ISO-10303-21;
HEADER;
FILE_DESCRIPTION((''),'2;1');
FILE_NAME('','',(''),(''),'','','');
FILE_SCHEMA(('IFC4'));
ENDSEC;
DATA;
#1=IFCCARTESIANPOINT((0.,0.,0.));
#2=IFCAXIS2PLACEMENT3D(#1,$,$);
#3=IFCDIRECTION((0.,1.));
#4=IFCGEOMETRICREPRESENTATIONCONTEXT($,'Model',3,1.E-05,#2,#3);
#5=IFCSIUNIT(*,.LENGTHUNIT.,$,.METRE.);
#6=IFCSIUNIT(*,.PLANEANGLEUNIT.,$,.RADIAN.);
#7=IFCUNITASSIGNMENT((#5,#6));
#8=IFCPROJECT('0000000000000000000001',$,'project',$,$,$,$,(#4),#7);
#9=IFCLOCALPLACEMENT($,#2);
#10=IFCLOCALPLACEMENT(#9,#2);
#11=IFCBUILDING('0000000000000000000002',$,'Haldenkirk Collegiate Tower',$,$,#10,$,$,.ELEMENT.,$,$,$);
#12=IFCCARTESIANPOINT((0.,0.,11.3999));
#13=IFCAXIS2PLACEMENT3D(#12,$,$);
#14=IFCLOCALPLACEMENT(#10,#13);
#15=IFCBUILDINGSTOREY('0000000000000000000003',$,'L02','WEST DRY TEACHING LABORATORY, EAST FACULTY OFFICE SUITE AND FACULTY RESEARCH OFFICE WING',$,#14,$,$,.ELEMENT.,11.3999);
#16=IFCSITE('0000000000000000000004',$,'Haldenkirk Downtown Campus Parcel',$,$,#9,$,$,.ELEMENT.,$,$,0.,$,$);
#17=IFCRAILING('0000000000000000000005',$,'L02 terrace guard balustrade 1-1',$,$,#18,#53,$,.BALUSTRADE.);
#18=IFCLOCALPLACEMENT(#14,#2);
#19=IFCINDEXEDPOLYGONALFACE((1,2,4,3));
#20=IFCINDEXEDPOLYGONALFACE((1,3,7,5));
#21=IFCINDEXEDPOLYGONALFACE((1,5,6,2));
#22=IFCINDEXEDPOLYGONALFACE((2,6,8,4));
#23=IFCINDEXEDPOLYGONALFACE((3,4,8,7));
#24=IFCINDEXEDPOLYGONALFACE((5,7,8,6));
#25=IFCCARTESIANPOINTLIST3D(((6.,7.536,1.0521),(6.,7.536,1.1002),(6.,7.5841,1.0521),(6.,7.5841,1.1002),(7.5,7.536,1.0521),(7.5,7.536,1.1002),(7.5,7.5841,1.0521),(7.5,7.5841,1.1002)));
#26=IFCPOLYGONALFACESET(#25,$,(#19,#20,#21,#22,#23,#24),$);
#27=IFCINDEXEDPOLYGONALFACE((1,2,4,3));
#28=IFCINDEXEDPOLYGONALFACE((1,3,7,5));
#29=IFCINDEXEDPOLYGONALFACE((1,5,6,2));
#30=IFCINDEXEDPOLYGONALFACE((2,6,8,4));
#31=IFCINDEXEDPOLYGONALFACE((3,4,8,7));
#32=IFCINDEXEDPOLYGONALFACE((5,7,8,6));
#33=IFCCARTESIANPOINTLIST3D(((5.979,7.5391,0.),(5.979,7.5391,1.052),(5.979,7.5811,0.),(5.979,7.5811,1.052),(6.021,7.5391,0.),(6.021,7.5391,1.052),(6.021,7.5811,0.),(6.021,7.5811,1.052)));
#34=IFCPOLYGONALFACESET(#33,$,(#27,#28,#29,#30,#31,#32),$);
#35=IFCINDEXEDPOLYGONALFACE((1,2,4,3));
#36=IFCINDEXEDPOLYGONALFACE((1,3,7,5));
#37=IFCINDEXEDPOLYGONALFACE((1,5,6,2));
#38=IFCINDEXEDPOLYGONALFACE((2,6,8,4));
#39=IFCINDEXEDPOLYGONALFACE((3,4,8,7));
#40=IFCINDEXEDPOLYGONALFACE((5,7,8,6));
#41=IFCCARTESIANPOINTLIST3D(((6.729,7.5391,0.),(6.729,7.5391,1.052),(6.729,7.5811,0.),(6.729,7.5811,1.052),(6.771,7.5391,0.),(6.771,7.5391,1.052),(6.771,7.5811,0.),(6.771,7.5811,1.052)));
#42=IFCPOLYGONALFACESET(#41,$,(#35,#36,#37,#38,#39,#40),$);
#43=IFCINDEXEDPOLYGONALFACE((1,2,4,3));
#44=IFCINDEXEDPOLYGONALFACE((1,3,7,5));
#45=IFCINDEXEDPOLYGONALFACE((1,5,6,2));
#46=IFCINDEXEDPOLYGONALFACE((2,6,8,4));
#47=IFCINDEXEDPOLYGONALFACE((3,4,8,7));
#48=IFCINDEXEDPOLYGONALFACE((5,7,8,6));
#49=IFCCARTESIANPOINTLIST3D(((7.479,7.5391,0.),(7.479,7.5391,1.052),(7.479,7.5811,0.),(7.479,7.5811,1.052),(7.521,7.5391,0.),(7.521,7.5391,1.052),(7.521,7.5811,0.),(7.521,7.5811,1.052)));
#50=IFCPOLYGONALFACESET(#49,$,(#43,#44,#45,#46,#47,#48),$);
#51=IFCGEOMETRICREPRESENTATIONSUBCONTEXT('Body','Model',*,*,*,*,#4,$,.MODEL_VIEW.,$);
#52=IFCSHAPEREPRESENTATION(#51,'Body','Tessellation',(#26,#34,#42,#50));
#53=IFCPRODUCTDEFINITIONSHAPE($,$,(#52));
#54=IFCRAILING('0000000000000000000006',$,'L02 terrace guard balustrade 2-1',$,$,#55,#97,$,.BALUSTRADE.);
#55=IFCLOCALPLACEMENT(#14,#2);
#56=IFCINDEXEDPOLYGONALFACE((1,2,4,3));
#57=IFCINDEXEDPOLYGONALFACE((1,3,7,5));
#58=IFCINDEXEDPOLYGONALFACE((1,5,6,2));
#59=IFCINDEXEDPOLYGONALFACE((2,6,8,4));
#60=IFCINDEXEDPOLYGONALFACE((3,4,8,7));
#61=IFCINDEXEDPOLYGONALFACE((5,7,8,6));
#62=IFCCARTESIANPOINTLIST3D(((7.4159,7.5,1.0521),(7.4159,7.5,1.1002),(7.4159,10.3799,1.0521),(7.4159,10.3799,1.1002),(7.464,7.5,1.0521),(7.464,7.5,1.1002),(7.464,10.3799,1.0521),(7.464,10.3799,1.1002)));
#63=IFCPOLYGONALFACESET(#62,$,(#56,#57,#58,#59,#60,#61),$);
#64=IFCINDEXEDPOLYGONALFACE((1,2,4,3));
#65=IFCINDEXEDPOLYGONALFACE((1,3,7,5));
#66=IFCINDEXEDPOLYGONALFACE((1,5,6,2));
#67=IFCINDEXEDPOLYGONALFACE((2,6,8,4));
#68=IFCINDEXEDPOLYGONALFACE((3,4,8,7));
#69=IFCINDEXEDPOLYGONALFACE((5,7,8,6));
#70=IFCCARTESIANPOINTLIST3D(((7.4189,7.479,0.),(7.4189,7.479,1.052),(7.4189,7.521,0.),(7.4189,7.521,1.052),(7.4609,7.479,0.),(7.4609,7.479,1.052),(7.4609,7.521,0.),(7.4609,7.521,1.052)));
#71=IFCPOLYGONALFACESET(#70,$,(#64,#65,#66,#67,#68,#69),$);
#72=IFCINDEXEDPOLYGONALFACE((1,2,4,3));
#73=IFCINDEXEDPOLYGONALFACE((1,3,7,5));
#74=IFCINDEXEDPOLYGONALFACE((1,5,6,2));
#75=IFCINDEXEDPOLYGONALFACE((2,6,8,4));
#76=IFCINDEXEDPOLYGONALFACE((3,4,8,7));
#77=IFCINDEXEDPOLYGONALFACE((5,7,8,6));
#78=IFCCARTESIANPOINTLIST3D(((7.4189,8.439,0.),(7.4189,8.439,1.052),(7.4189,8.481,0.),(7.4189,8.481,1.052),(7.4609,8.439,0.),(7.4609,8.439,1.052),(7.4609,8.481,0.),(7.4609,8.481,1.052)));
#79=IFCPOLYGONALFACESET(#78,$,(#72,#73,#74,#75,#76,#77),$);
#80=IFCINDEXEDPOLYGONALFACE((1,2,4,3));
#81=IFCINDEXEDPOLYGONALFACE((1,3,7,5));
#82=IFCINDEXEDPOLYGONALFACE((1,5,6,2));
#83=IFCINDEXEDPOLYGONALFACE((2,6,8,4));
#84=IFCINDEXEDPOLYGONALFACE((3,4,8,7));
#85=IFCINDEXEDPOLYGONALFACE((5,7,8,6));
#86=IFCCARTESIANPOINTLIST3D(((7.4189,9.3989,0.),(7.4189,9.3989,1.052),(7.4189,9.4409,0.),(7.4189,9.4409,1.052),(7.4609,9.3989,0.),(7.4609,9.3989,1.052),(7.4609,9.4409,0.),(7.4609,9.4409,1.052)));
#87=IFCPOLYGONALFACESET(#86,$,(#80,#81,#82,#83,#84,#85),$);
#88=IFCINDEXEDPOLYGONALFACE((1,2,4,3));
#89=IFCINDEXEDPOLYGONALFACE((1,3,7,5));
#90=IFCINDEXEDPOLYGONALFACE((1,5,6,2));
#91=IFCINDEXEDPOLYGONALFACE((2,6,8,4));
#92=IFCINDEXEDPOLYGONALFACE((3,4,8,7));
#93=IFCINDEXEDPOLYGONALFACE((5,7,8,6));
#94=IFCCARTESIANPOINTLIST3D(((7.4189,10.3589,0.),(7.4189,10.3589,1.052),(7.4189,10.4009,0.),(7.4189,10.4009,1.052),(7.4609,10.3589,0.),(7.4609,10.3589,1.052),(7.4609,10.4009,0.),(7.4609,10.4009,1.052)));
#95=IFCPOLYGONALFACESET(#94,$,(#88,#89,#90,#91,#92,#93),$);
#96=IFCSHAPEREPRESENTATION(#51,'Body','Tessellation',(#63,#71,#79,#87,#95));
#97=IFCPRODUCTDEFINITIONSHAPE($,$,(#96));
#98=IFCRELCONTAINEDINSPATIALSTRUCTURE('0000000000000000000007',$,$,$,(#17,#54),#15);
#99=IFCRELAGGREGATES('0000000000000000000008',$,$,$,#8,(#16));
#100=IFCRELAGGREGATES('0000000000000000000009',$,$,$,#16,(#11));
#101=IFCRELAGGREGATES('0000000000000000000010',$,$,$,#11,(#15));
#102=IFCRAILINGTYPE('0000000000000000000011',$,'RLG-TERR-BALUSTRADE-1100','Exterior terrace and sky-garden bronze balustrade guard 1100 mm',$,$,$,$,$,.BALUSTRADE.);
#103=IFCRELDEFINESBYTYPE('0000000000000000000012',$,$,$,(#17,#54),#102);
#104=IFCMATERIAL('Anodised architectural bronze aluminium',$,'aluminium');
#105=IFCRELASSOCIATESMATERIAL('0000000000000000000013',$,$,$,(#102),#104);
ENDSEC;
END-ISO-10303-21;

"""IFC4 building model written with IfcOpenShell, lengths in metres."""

from ifc_helpers import new_model, si_unit, direction, frame, origin, origin_2d, place, context, subcontext, project, spatial, rectangle, extrude, material, type_object, element, save


model = new_model("IFC4")

# Units and contexts
model_context = context("Model", 3, precision=1e-05, world=origin(), true_north=direction((0.0, 1.0)))
body_context = subcontext(model_context, "Body", "Model", "MODEL_VIEW")
ifc_project = project(units=[si_unit("LENGTHUNIT", "METRE"), si_unit("PLANEANGLEUNIT", "RADIAN")], contexts=[model_context])

# Site, building, storey
site_placement = place(None, origin())
site = spatial("IfcSite", under=ifc_project, at=site_placement, Name="Haldenkirk Downtown Campus Parcel", CompositionType="ELEMENT", RefElevation=0.0)
building_placement = place(site_placement, origin())
building = spatial("IfcBuilding", under=site, at=building_placement, Name="Haldenkirk Collegiate Tower", CompositionType="ELEMENT")
storey_placement = place(building_placement, frame((0.0, 0.0, 11.3999)))
storey = spatial("IfcBuildingStorey", under=building, at=storey_placement, Name="L02", Description="WEST DRY TEACHING LABORATORY, EAST FACULTY OFFICE SUITE AND FACULTY RESEARCH OFFICE WING", CompositionType="ELEMENT", Elevation=11.3999)

# Shared definitions
ifc_material_1 = material(Name="Anodised architectural bronze aluminium", Category="aluminium")

# Railings
railing_type = type_object("IfcRailingType", Name="RLG-TERR-BALUSTRADE-1100", Description="Exterior terrace and sky-garden bronze balustrade guard 1100 mm", PredefinedType="BALUSTRADE", material=ifc_material_1)
railing_1_placement = place(storey_placement, frame((6.0, 7.5601, 0.0)))
element("IfcRailing", 1, at=railing_1_placement, inside=storey, type_object=railing_type, Name="L02 terrace guard balustrade 1-1", PredefinedType="BALUSTRADE", context=body_context, shape_type="SweptSolid", body=[
    extrude(rectangle(XDim=0.0481, YDim=0.0481, at=origin_2d()), frame((0.0, 0.0, 1.0762), z_axis=(1.0, 0.0, 0.0), x_axis=(0.0, 1.0, 0.0)), (0.0, 0.0, 1.0), 1.5),
    extrude(rectangle(XDim=0.042, YDim=0.042, at=origin_2d()), origin(), (0.0, 0.0, 1.0), 1.052),
    extrude(rectangle(XDim=0.042, YDim=0.042, at=origin_2d()), frame((0.75, 0.0, 0.0)), (0.0, 0.0, 1.0), 1.052),
    extrude(rectangle(XDim=0.042, YDim=0.042, at=origin_2d()), frame((1.5, 0.0, 0.0)), (0.0, 0.0, 1.0), 1.052),
])
railing_2_placement = place(storey_placement, frame((7.4399, 7.5, 0.0)))
element("IfcRailing", 2, at=railing_2_placement, inside=storey, type_object=railing_type, Name="L02 terrace guard balustrade 2-1", PredefinedType="BALUSTRADE", context=body_context, shape_type="SweptSolid", body=[
    extrude(rectangle(XDim=0.0481, YDim=0.0481, at=origin_2d()), frame((0.0, 0.0, 1.0762), z_axis=(0.0, 1.0, 0.0), x_axis=(-1.0, 0.0, 0.0)), (0.0, 0.0, 1.0), 2.8799),
    extrude(rectangle(XDim=0.042, YDim=0.042, at=origin_2d()), origin(), (0.0, 0.0, 1.0), 1.052),
    extrude(rectangle(XDim=0.042, YDim=0.042, at=origin_2d()), frame((0.0, 0.96, 0.0)), (0.0, 0.0, 1.0), 1.052),
    extrude(rectangle(XDim=0.042, YDim=0.042, at=origin_2d()), frame((0.0, 1.9199, 0.0)), (0.0, 0.0, 1.0), 1.052),
    extrude(rectangle(XDim=0.042, YDim=0.042, at=origin_2d()), frame((0.0, 2.8799, 0.0)), (0.0, 0.0, 1.0), 1.052),
])

save(model, "model.ifc")
